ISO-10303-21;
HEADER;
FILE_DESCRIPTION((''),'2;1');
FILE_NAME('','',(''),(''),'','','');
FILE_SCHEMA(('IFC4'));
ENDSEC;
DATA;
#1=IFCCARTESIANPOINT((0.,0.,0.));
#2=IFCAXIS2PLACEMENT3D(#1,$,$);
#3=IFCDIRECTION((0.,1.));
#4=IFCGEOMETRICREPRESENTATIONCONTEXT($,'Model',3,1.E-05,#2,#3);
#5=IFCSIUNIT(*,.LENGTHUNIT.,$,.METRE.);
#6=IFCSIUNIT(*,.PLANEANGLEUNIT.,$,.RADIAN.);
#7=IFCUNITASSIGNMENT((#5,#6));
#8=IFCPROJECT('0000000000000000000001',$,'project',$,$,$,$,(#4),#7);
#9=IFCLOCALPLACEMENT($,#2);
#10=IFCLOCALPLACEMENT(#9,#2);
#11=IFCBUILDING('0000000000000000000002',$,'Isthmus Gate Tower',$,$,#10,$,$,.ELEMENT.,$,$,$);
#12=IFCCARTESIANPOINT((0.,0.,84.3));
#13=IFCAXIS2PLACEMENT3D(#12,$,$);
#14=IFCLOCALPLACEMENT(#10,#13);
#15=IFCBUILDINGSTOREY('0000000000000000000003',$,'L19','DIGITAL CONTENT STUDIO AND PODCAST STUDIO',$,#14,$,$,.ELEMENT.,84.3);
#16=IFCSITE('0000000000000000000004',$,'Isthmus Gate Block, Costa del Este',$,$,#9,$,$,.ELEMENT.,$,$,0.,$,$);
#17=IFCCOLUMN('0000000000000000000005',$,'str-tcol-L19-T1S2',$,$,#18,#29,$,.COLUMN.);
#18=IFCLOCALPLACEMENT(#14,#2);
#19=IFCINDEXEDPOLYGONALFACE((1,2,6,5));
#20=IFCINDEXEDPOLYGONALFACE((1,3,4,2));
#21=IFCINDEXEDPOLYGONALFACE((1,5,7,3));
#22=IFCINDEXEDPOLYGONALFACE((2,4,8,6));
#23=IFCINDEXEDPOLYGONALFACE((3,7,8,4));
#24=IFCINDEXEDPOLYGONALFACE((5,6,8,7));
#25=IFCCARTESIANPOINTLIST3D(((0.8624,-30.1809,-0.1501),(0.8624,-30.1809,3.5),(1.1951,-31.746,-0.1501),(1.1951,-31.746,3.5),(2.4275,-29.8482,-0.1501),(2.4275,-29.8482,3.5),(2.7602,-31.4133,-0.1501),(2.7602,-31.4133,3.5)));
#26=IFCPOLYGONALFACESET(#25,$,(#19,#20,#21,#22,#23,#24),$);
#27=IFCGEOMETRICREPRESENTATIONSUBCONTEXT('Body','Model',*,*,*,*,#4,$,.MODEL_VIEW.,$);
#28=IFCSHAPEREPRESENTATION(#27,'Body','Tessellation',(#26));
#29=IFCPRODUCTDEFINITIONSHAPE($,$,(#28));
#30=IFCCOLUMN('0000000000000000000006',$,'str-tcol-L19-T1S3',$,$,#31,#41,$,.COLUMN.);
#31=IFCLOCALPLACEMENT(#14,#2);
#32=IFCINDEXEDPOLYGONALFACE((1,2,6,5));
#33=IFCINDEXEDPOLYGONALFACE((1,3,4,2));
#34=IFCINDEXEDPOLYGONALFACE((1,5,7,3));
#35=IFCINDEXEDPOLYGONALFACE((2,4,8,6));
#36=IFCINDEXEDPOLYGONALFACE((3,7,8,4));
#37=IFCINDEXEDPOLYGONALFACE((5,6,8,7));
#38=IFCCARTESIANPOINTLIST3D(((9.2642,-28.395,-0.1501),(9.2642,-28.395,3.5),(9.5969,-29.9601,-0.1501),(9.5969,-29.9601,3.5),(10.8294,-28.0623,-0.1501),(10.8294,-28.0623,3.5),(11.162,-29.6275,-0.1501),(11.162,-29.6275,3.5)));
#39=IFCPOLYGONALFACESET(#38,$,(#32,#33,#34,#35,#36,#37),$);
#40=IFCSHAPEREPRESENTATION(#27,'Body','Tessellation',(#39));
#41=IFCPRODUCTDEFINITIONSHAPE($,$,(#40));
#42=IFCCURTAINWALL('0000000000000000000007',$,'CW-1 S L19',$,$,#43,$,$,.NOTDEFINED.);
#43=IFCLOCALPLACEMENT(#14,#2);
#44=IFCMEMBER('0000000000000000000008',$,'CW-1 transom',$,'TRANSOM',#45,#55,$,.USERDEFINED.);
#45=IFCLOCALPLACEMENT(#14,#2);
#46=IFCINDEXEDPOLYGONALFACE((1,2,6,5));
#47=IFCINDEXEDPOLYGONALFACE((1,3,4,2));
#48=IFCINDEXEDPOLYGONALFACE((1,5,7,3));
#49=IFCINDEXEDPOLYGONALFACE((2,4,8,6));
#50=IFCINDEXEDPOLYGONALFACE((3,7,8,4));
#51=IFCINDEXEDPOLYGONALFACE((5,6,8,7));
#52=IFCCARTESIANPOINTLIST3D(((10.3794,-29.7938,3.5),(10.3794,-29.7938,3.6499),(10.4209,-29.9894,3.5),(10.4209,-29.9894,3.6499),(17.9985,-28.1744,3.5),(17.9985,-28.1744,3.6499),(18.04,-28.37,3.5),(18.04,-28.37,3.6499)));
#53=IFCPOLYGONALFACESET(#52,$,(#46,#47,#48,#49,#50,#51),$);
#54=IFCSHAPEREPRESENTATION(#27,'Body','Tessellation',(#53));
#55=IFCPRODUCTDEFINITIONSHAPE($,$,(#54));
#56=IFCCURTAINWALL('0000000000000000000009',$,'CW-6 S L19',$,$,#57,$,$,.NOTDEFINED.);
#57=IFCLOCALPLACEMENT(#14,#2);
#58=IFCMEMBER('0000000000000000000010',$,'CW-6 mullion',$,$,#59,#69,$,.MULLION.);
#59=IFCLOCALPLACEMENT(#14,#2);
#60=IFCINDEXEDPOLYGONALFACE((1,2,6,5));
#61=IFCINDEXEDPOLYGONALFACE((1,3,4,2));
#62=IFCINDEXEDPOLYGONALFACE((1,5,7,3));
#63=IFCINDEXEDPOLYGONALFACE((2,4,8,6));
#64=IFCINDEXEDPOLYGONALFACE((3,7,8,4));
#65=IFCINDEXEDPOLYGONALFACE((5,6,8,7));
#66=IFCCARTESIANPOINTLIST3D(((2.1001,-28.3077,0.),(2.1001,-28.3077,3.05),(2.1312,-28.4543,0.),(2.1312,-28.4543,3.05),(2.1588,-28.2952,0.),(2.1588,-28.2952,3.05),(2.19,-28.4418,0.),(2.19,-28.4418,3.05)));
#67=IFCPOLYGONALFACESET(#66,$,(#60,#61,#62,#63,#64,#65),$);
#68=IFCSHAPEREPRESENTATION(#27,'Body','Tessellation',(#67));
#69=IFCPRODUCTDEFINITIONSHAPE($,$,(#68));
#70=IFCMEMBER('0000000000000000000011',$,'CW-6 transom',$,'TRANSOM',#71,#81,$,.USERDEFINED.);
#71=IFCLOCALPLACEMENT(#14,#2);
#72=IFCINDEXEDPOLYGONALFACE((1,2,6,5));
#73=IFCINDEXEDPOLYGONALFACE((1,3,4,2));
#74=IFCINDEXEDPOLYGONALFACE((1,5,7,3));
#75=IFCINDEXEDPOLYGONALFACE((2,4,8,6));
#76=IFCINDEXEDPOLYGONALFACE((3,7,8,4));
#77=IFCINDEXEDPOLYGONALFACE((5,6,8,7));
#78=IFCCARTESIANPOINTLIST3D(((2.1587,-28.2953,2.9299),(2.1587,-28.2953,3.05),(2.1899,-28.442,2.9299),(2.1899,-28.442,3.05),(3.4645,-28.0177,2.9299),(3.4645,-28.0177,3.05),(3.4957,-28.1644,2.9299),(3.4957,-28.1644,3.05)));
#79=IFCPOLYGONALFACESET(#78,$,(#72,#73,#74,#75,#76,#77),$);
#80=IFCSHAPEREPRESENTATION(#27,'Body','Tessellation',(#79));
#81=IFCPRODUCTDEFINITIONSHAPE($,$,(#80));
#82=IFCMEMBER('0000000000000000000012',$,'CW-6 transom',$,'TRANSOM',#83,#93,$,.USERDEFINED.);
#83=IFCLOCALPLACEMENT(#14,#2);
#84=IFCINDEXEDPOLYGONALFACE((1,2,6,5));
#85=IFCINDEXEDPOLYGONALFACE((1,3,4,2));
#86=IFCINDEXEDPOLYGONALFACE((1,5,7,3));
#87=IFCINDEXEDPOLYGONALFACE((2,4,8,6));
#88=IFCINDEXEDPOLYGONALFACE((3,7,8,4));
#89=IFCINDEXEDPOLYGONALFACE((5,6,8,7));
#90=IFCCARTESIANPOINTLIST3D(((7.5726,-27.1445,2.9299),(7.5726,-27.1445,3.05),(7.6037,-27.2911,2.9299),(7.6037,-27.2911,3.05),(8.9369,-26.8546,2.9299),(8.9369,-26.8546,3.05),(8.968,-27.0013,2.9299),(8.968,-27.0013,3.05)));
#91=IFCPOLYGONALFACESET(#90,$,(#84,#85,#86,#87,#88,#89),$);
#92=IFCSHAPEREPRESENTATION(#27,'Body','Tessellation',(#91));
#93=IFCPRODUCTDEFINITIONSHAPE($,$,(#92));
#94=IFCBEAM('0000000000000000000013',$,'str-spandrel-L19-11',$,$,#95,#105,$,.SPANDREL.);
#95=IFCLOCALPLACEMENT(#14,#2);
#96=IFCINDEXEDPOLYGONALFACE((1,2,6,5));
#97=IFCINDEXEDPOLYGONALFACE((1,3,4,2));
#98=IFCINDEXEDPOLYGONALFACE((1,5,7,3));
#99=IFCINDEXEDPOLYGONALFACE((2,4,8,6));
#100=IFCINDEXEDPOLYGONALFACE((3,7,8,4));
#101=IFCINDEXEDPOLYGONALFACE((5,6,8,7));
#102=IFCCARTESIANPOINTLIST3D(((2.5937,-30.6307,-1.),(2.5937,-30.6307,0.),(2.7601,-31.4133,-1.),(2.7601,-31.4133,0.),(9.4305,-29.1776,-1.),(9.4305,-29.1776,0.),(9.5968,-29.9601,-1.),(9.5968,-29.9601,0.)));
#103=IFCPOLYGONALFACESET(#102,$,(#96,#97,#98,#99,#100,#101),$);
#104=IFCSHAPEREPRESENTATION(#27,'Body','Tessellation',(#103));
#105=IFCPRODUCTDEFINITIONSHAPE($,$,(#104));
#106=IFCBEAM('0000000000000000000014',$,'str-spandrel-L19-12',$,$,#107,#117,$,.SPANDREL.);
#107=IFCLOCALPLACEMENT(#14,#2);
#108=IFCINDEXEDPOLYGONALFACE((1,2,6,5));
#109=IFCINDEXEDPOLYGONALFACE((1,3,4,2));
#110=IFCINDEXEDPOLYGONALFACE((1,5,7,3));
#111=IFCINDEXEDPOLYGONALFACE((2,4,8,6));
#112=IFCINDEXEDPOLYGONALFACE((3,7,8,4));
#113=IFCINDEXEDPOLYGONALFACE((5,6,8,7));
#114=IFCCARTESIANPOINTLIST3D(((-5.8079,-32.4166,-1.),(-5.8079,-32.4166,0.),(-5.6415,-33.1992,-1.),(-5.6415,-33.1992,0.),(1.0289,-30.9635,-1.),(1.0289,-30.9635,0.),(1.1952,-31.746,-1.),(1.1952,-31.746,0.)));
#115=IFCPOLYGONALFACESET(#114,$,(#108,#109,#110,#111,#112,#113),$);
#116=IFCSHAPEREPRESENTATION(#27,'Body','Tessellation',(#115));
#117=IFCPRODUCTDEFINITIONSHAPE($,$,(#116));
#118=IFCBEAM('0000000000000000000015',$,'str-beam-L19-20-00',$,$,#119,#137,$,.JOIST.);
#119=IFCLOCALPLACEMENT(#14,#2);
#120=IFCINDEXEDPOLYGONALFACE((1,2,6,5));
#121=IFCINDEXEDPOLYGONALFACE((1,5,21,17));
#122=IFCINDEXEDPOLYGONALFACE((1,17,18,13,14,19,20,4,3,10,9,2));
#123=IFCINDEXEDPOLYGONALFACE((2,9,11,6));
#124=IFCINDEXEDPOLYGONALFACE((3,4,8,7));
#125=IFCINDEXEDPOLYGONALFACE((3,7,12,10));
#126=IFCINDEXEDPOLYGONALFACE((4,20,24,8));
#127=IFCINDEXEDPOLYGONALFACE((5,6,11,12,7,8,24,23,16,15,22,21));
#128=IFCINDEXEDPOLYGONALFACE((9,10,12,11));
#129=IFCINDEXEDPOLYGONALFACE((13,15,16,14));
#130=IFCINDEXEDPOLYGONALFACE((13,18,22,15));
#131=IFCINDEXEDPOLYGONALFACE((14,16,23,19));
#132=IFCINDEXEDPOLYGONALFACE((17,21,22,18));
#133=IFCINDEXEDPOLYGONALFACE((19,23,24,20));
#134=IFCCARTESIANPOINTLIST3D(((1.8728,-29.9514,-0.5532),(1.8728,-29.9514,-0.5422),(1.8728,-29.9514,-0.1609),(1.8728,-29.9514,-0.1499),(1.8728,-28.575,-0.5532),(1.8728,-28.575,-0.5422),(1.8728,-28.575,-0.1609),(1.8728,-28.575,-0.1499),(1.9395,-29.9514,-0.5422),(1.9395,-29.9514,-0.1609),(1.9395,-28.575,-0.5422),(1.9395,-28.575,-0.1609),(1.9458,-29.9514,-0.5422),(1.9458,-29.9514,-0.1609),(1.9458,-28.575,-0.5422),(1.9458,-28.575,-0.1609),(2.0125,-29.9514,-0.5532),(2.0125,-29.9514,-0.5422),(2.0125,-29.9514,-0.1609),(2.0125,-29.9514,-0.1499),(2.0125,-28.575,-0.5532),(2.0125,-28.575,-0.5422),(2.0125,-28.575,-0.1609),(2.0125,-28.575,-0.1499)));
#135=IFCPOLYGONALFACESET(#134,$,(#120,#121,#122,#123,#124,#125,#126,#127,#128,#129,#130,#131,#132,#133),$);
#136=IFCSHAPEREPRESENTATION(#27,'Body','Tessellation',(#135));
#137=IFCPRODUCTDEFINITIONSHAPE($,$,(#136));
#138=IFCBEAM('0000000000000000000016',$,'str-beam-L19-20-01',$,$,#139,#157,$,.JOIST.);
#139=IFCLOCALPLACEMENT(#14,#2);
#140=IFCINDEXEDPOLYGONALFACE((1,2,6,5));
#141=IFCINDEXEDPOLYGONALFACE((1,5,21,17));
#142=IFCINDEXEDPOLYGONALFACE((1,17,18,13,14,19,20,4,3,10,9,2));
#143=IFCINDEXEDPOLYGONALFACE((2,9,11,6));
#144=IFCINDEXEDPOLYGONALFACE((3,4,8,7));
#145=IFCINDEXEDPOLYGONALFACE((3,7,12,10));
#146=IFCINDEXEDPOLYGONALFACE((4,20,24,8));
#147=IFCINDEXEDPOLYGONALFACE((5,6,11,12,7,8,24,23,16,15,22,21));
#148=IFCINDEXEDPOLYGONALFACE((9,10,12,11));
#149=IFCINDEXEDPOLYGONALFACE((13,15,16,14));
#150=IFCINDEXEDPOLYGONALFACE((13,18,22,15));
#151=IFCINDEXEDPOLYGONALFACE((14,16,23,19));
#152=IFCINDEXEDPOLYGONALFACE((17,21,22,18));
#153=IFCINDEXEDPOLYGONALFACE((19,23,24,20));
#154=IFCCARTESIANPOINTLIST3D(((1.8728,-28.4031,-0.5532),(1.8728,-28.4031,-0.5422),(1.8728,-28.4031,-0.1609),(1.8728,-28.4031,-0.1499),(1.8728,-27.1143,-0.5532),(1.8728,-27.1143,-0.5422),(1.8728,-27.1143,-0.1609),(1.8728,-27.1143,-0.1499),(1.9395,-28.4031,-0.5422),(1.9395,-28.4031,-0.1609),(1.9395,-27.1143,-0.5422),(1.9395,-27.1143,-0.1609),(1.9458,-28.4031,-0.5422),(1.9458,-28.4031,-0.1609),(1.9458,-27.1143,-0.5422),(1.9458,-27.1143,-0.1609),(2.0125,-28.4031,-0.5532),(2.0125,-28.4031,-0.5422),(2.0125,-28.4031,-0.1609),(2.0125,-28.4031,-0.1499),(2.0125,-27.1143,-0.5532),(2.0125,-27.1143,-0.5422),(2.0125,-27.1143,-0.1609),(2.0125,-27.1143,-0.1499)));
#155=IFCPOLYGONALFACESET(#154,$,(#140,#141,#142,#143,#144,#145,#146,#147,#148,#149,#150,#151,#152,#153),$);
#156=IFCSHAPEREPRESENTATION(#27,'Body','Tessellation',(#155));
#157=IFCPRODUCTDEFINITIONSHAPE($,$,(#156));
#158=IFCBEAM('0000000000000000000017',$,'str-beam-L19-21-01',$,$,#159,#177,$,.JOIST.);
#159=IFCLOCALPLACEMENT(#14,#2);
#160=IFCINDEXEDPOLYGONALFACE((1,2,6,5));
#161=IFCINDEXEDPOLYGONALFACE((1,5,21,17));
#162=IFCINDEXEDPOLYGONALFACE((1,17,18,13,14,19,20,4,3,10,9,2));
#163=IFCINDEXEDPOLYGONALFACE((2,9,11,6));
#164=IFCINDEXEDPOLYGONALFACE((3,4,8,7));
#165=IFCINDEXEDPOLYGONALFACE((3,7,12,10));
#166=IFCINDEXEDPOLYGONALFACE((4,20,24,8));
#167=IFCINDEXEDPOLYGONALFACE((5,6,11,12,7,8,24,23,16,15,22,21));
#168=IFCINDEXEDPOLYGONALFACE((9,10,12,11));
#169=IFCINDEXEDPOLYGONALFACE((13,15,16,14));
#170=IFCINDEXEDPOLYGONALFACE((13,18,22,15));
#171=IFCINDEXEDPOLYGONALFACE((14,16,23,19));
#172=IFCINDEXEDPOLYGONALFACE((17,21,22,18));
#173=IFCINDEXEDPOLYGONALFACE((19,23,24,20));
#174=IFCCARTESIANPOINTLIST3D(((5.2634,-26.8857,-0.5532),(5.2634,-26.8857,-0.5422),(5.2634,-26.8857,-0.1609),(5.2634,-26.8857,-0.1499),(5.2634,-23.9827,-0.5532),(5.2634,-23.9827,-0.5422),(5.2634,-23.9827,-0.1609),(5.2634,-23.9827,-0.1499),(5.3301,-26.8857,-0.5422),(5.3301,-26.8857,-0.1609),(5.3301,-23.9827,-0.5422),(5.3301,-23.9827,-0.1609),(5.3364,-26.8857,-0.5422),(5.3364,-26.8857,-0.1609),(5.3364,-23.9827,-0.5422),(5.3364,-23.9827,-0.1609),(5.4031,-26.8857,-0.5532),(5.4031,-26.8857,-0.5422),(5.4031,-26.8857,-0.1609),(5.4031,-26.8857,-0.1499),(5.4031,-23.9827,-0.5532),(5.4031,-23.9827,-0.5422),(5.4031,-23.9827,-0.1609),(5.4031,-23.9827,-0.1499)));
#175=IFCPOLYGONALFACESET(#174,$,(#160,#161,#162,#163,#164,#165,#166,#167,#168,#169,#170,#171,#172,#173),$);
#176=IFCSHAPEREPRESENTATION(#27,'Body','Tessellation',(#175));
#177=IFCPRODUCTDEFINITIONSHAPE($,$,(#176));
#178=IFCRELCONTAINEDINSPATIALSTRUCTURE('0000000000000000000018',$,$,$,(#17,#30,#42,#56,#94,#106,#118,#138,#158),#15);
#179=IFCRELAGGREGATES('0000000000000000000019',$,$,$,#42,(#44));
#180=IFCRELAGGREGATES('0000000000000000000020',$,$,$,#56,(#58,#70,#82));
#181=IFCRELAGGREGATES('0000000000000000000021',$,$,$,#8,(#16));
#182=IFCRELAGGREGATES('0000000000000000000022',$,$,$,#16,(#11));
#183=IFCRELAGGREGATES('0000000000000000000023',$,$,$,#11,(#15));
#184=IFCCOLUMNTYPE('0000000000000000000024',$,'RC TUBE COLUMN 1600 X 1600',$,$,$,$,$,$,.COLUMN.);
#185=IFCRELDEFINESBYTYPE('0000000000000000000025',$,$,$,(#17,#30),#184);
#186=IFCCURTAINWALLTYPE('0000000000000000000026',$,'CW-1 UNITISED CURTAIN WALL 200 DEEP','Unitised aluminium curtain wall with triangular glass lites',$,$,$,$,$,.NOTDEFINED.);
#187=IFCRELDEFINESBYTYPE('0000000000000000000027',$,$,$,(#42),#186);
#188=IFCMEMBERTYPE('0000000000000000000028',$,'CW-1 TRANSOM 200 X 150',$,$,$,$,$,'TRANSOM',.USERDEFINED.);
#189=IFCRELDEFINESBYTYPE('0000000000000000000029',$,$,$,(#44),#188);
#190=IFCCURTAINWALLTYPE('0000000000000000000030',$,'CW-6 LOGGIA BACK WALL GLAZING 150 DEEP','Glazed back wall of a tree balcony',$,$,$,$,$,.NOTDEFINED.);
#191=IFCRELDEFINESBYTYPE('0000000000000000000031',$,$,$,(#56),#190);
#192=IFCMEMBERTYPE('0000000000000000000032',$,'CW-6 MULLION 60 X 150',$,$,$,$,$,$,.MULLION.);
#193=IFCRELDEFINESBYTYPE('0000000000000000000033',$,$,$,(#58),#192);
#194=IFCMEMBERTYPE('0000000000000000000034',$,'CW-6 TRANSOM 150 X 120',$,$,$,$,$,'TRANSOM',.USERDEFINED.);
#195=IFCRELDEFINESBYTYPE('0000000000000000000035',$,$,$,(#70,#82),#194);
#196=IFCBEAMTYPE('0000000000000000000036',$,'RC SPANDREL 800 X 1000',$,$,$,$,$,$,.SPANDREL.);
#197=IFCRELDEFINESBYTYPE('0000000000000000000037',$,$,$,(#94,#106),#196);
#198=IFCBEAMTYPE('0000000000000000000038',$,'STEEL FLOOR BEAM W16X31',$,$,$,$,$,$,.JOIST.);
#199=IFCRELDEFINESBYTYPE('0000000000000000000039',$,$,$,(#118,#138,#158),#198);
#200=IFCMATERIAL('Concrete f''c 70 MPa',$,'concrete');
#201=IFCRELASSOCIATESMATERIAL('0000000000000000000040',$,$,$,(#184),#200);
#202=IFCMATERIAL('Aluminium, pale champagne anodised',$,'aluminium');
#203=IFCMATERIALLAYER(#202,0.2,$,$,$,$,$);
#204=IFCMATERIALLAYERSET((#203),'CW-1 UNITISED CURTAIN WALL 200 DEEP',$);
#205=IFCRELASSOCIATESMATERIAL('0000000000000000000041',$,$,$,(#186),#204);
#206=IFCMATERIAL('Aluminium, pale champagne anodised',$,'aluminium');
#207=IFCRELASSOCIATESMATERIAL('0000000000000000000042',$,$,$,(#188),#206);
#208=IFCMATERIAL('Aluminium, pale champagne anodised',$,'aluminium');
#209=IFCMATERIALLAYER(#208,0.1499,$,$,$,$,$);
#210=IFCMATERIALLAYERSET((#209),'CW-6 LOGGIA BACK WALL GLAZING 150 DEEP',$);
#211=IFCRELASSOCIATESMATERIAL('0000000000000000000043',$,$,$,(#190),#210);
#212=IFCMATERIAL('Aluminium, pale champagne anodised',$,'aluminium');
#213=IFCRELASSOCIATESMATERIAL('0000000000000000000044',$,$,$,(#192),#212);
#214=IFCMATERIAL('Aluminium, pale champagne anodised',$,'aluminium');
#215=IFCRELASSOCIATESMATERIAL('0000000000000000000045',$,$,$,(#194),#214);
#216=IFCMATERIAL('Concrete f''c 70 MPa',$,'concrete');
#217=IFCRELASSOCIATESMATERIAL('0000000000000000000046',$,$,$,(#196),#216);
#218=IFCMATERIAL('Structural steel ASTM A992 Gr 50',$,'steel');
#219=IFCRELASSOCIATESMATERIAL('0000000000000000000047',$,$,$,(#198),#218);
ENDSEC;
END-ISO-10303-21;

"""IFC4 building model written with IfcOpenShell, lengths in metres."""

from ifc_helpers import new_model, si_unit, direction, frame, origin, origin_2d, place, context, subcontext, project, spatial, rectangle, i_section, extrude, material, layer, layer_set, material_profile, profile_set, type_object, element, aggregate, save


model = new_model("IFC4")

# Units and contexts
model_context = context("Model", 3, precision=1e-05, world=origin(), true_north=direction((0.0, 1.0)))
body_context = subcontext(model_context, "Body", "Model", "MODEL_VIEW")
ifc_project = project(units=[si_unit("LENGTHUNIT", "METRE"), si_unit("PLANEANGLEUNIT", "RADIAN")], contexts=[model_context])

# Site, building, storey
site_placement = place(None, origin())
site = spatial("IfcSite", under=ifc_project, at=site_placement, Name="Isthmus Gate Block, Costa del Este", CompositionType="ELEMENT", RefElevation=0.0)
building_placement = place(site_placement, origin())
building = spatial("IfcBuilding", under=site, at=building_placement, Name="Isthmus Gate Tower", CompositionType="ELEMENT")
storey_placement = place(building_placement, frame((0.0, 0.0, 84.3)))
storey = spatial("IfcBuildingStorey", under=building, at=storey_placement, Name="L19", Description="DIGITAL CONTENT STUDIO AND PODCAST STUDIO", CompositionType="ELEMENT", Elevation=84.3)

# Columns
ifc_material_1 = material(Name="Concrete f'c 70 MPa", Category="concrete")
ifc_material_profile_1 = material_profile(ifc_material_1, rectangle(XDim=1.6001, YDim=1.6001, at=origin_2d()), Name="RC 1600X1600")
ifc_profile_set_1 = profile_set([ifc_material_profile_1], Name="Concrete f'c 70 MPa")
column_type = type_object("IfcColumnType", Name="RC TUBE COLUMN 1600 X 1600", PredefinedType="COLUMN", material=ifc_profile_set_1)
for number, where, z_axis, x_axis, name in (
    (1, (1.8113, -30.7971, -0.1501), (0.0, 0.0, 1.0), (0.978148, 0.207912, 0.0), "str-tcol-L19-T1S2"),
    (2, (10.2131, -29.0112, -0.1501), (0.0, 0.0, 1.0), (0.978148, 0.207912, 0.0), "str-tcol-L19-T1S3"),
):
    element("IfcColumn", number, at=place(storey_placement, frame(where, z_axis=z_axis, x_axis=x_axis)), inside=storey, type_object=column_type, Name=name, PredefinedType="COLUMN", context=body_context, shape_type="SweptSolid", body=[
        extrude(rectangle(XDim=1.6001, YDim=1.6001, at=origin_2d()), origin(), (0.0, 0.0, 1.0), 3.6501),
    ])

# Curtain wall, member
ifc_material_2 = material(Name="Aluminium, pale champagne anodised", Category="aluminium")
ifc_layer_1 = layer(ifc_material_2, 0.2)
ifc_layer_set_1 = layer_set([ifc_layer_1], Name="CW-1 UNITISED CURTAIN WALL 200 DEEP")
curtain_wall_type_1 = type_object("IfcCurtainWallType", Name="CW-1 UNITISED CURTAIN WALL 200 DEEP", Description="Unitised aluminium curtain wall with triangular glass lites", PredefinedType="NOTDEFINED", material=ifc_layer_set_1)
curtain_wall_1_placement = place(storey_placement, origin())
curtain_wall_1 = element("IfcCurtainWall", 3, at=curtain_wall_1_placement, inside=storey, type_object=curtain_wall_type_1, Name="CW-1 S L19", PredefinedType="NOTDEFINED")
ifc_material_3 = material(Name="Aluminium, pale champagne anodised", Category="aluminium")
ifc_material_profile_2 = material_profile(ifc_material_3, rectangle(XDim=0.2, YDim=0.1499, at=origin_2d()), Name="200x150")
ifc_profile_set_2 = profile_set([ifc_material_profile_2], Name="Aluminium, pale champagne anodised")
member_type_1 = type_object("IfcMemberType", Name="CW-1 TRANSOM 200 X 150", ElementType="TRANSOM", PredefinedType="USERDEFINED", material=ifc_profile_set_2)
member_1_placement = place(storey_placement, frame((10.4001, -29.8916, 3.575), z_axis=(0.978151, 0.207898, 0.0), x_axis=(-0.207898, 0.978151, 0.0)))
member_1 = element("IfcMember", 4, at=member_1_placement, type_object=member_type_1, Name="CW-1 transom", ObjectType="TRANSOM", PredefinedType="USERDEFINED", context=body_context, shape_type="SweptSolid", body=[
    extrude(rectangle(XDim=0.2, YDim=0.1499, at=origin_2d()), origin(), (0.0, 0.0, 1.0), 7.7893),
])

# Curtain wall, members
ifc_material_4 = material(Name="Aluminium, pale champagne anodised", Category="aluminium")
ifc_layer_2 = layer(ifc_material_4, 0.1499)
ifc_layer_set_2 = layer_set([ifc_layer_2], Name="CW-6 LOGGIA BACK WALL GLAZING 150 DEEP")
curtain_wall_type_2 = type_object("IfcCurtainWallType", Name="CW-6 LOGGIA BACK WALL GLAZING 150 DEEP", Description="Glazed back wall of a tree balcony", PredefinedType="NOTDEFINED", material=ifc_layer_set_2)
curtain_wall_2_placement = place(storey_placement, origin())
curtain_wall_2 = element("IfcCurtainWall", 5, at=curtain_wall_2_placement, inside=storey, type_object=curtain_wall_type_2, Name="CW-6 S L19", PredefinedType="NOTDEFINED")
ifc_material_5 = material(Name="Aluminium, pale champagne anodised", Category="aluminium")
ifc_material_profile_3 = material_profile(ifc_material_5, rectangle(XDim=0.0601, YDim=0.1499, at=origin_2d()), Name="60x150")
ifc_profile_set_3 = profile_set([ifc_material_profile_3], Name="Aluminium, pale champagne anodised")
member_type_2 = type_object("IfcMemberType", Name="CW-6 MULLION 60 X 150", PredefinedType="MULLION", material=ifc_profile_set_3)
member_2_placement = place(storey_placement, frame((2.145, -28.3748, 0.0), z_axis=(0.0, 0.0, 1.0), x_axis=(0.978148, 0.207912, 0.0)))
member_2 = element("IfcMember", 6, at=member_2_placement, type_object=member_type_2, Name="CW-6 mullion", PredefinedType="MULLION", context=body_context, shape_type="SweptSolid", body=[
    extrude(rectangle(XDim=0.0601, YDim=0.1499, at=origin_2d()), origin(), (0.0, 0.0, 1.0), 3.05),
])
ifc_material_6 = material(Name="Aluminium, pale champagne anodised", Category="aluminium")
ifc_material_profile_4 = material_profile(ifc_material_6, rectangle(XDim=0.1499, YDim=0.1201, at=origin_2d()), Name="150x120")
ifc_profile_set_4 = profile_set([ifc_material_profile_4], Name="Aluminium, pale champagne anodised")
member_type_3 = type_object("IfcMemberType", Name="CW-6 TRANSOM 150 X 120", ElementType="TRANSOM", PredefinedType="USERDEFINED", material=ifc_profile_set_4)
member_3_placement = place(storey_placement, frame((2.1743, -28.3687, 2.99), z_axis=(0.978138, 0.207955, 0.0), x_axis=(-0.207955, 0.978138, 0.0)))
member_3 = element("IfcMember", 7, at=member_3_placement, type_object=member_type_3, Name="CW-6 transom", ObjectType="TRANSOM", PredefinedType="USERDEFINED", context=body_context, shape_type="SweptSolid", body=[
    extrude(rectangle(XDim=0.1499, YDim=0.1201, at=origin_2d()), origin(), (0.0, 0.0, 1.0), 1.335),
])
member_4_placement = place(storey_placement, frame((7.5881, -27.2178, 2.99), z_axis=(0.978175, 0.207783, 0.0), x_axis=(-0.207783, 0.978175, 0.0)))
member_4 = element("IfcMember", 8, at=member_4_placement, type_object=member_type_3, Name="CW-6 transom", ObjectType="TRANSOM", PredefinedType="USERDEFINED", context=body_context, shape_type="SweptSolid", body=[
    extrude(rectangle(XDim=0.1499, YDim=0.1201, at=origin_2d()), origin(), (0.0, 0.0, 1.0), 1.3948),
])

# Beams
ifc_material_7 = material(Name="Concrete f'c 70 MPa", Category="concrete")
ifc_material_profile_5 = material_profile(ifc_material_7, rectangle(XDim=0.8, YDim=1.0, at=origin_2d()), Name="RC 800X1000")
ifc_profile_set_5 = profile_set([ifc_material_profile_5], Name="Concrete f'c 70 MPa")
beam_type_1 = type_object("IfcBeamType", Name="RC SPANDREL 800 X 1000", PredefinedType="SPANDREL", material=ifc_profile_set_5)
for number, where, z_axis, x_axis, name in (
    (9, (9.5137, -29.5688, -0.5), (-0.978149, -0.207904, 0.0), (0.207904, -0.978149, 0.0), "str-spandrel-L19-11"),
    (10, (1.1121, -31.3547, -0.5), (-0.978149, -0.207904, 0.0), (0.207904, -0.978149, 0.0), "str-spandrel-L19-12"),
):
    element("IfcBeam", number, at=place(storey_placement, frame(where, z_axis=z_axis, x_axis=x_axis)), inside=storey, type_object=beam_type_1, Name=name, PredefinedType="SPANDREL", context=body_context, shape_type="SweptSolid", body=[
        extrude(rectangle(XDim=0.8, YDim=1.0, at=origin_2d()), origin(), (0.0, 0.0, 1.0), 6.9895),
    ])
ifc_material_8 = material(Name="Structural steel ASTM A992 Gr 50", Category="steel")
ifc_material_profile_6 = material_profile(ifc_material_8, i_section(OverallWidth=0.1396, OverallDepth=0.4033, WebThickness=0.0063, FlangeThickness=0.011, at=origin_2d()), Name="W16X31")
ifc_profile_set_6 = profile_set([ifc_material_profile_6], Name="Structural steel ASTM A992 Gr 50")
beam_type_2 = type_object("IfcBeamType", Name="STEEL FLOOR BEAM W16X31", PredefinedType="JOIST", material=ifc_profile_set_6)
beam_1_placement = place(storey_placement, frame((1.9426, -29.9514, -0.3516), z_axis=(0.0, 1.0, 0.0), x_axis=(-1.0, 0.0, 0.0)))
element("IfcBeam", 11, at=beam_1_placement, inside=storey, type_object=beam_type_2, Name="str-beam-L19-20-00", PredefinedType="JOIST", context=body_context, shape_type="SweptSolid", body=[
    extrude(i_section(OverallWidth=0.1396, OverallDepth=0.4033, WebThickness=0.0063, FlangeThickness=0.011, at=origin_2d()), origin(), (0.0, 0.0, 1.0), 1.3765),
])
beam_2_placement = place(storey_placement, frame((1.9426, -28.4031, -0.3516), z_axis=(0.0, 1.0, 0.0), x_axis=(-1.0, 0.0, 0.0)))
element("IfcBeam", 12, at=beam_2_placement, inside=storey, type_object=beam_type_2, Name="str-beam-L19-20-01", PredefinedType="JOIST", context=body_context, shape_type="SweptSolid", body=[
    extrude(i_section(OverallWidth=0.1396, OverallDepth=0.4033, WebThickness=0.0063, FlangeThickness=0.011, at=origin_2d()), origin(), (0.0, 0.0, 1.0), 1.2888),
])
beam_3_placement = place(storey_placement, frame((5.3333, -26.8857, -0.3516), z_axis=(0.0, 1.0, 0.0), x_axis=(-1.0, 0.0, 0.0)))
element("IfcBeam", 13, at=beam_3_placement, inside=storey, type_object=beam_type_2, Name="str-beam-L19-21-01", PredefinedType="JOIST", context=body_context, shape_type="SweptSolid", body=[
    extrude(i_section(OverallWidth=0.1396, OverallDepth=0.4033, WebThickness=0.0063, FlangeThickness=0.011, at=origin_2d()), origin(), (0.0, 0.0, 1.0), 2.9031),
])

aggregate(curtain_wall_1, [member_1])
aggregate(curtain_wall_2, [member_2, member_3, member_4])

save(model, "model.ifc")
